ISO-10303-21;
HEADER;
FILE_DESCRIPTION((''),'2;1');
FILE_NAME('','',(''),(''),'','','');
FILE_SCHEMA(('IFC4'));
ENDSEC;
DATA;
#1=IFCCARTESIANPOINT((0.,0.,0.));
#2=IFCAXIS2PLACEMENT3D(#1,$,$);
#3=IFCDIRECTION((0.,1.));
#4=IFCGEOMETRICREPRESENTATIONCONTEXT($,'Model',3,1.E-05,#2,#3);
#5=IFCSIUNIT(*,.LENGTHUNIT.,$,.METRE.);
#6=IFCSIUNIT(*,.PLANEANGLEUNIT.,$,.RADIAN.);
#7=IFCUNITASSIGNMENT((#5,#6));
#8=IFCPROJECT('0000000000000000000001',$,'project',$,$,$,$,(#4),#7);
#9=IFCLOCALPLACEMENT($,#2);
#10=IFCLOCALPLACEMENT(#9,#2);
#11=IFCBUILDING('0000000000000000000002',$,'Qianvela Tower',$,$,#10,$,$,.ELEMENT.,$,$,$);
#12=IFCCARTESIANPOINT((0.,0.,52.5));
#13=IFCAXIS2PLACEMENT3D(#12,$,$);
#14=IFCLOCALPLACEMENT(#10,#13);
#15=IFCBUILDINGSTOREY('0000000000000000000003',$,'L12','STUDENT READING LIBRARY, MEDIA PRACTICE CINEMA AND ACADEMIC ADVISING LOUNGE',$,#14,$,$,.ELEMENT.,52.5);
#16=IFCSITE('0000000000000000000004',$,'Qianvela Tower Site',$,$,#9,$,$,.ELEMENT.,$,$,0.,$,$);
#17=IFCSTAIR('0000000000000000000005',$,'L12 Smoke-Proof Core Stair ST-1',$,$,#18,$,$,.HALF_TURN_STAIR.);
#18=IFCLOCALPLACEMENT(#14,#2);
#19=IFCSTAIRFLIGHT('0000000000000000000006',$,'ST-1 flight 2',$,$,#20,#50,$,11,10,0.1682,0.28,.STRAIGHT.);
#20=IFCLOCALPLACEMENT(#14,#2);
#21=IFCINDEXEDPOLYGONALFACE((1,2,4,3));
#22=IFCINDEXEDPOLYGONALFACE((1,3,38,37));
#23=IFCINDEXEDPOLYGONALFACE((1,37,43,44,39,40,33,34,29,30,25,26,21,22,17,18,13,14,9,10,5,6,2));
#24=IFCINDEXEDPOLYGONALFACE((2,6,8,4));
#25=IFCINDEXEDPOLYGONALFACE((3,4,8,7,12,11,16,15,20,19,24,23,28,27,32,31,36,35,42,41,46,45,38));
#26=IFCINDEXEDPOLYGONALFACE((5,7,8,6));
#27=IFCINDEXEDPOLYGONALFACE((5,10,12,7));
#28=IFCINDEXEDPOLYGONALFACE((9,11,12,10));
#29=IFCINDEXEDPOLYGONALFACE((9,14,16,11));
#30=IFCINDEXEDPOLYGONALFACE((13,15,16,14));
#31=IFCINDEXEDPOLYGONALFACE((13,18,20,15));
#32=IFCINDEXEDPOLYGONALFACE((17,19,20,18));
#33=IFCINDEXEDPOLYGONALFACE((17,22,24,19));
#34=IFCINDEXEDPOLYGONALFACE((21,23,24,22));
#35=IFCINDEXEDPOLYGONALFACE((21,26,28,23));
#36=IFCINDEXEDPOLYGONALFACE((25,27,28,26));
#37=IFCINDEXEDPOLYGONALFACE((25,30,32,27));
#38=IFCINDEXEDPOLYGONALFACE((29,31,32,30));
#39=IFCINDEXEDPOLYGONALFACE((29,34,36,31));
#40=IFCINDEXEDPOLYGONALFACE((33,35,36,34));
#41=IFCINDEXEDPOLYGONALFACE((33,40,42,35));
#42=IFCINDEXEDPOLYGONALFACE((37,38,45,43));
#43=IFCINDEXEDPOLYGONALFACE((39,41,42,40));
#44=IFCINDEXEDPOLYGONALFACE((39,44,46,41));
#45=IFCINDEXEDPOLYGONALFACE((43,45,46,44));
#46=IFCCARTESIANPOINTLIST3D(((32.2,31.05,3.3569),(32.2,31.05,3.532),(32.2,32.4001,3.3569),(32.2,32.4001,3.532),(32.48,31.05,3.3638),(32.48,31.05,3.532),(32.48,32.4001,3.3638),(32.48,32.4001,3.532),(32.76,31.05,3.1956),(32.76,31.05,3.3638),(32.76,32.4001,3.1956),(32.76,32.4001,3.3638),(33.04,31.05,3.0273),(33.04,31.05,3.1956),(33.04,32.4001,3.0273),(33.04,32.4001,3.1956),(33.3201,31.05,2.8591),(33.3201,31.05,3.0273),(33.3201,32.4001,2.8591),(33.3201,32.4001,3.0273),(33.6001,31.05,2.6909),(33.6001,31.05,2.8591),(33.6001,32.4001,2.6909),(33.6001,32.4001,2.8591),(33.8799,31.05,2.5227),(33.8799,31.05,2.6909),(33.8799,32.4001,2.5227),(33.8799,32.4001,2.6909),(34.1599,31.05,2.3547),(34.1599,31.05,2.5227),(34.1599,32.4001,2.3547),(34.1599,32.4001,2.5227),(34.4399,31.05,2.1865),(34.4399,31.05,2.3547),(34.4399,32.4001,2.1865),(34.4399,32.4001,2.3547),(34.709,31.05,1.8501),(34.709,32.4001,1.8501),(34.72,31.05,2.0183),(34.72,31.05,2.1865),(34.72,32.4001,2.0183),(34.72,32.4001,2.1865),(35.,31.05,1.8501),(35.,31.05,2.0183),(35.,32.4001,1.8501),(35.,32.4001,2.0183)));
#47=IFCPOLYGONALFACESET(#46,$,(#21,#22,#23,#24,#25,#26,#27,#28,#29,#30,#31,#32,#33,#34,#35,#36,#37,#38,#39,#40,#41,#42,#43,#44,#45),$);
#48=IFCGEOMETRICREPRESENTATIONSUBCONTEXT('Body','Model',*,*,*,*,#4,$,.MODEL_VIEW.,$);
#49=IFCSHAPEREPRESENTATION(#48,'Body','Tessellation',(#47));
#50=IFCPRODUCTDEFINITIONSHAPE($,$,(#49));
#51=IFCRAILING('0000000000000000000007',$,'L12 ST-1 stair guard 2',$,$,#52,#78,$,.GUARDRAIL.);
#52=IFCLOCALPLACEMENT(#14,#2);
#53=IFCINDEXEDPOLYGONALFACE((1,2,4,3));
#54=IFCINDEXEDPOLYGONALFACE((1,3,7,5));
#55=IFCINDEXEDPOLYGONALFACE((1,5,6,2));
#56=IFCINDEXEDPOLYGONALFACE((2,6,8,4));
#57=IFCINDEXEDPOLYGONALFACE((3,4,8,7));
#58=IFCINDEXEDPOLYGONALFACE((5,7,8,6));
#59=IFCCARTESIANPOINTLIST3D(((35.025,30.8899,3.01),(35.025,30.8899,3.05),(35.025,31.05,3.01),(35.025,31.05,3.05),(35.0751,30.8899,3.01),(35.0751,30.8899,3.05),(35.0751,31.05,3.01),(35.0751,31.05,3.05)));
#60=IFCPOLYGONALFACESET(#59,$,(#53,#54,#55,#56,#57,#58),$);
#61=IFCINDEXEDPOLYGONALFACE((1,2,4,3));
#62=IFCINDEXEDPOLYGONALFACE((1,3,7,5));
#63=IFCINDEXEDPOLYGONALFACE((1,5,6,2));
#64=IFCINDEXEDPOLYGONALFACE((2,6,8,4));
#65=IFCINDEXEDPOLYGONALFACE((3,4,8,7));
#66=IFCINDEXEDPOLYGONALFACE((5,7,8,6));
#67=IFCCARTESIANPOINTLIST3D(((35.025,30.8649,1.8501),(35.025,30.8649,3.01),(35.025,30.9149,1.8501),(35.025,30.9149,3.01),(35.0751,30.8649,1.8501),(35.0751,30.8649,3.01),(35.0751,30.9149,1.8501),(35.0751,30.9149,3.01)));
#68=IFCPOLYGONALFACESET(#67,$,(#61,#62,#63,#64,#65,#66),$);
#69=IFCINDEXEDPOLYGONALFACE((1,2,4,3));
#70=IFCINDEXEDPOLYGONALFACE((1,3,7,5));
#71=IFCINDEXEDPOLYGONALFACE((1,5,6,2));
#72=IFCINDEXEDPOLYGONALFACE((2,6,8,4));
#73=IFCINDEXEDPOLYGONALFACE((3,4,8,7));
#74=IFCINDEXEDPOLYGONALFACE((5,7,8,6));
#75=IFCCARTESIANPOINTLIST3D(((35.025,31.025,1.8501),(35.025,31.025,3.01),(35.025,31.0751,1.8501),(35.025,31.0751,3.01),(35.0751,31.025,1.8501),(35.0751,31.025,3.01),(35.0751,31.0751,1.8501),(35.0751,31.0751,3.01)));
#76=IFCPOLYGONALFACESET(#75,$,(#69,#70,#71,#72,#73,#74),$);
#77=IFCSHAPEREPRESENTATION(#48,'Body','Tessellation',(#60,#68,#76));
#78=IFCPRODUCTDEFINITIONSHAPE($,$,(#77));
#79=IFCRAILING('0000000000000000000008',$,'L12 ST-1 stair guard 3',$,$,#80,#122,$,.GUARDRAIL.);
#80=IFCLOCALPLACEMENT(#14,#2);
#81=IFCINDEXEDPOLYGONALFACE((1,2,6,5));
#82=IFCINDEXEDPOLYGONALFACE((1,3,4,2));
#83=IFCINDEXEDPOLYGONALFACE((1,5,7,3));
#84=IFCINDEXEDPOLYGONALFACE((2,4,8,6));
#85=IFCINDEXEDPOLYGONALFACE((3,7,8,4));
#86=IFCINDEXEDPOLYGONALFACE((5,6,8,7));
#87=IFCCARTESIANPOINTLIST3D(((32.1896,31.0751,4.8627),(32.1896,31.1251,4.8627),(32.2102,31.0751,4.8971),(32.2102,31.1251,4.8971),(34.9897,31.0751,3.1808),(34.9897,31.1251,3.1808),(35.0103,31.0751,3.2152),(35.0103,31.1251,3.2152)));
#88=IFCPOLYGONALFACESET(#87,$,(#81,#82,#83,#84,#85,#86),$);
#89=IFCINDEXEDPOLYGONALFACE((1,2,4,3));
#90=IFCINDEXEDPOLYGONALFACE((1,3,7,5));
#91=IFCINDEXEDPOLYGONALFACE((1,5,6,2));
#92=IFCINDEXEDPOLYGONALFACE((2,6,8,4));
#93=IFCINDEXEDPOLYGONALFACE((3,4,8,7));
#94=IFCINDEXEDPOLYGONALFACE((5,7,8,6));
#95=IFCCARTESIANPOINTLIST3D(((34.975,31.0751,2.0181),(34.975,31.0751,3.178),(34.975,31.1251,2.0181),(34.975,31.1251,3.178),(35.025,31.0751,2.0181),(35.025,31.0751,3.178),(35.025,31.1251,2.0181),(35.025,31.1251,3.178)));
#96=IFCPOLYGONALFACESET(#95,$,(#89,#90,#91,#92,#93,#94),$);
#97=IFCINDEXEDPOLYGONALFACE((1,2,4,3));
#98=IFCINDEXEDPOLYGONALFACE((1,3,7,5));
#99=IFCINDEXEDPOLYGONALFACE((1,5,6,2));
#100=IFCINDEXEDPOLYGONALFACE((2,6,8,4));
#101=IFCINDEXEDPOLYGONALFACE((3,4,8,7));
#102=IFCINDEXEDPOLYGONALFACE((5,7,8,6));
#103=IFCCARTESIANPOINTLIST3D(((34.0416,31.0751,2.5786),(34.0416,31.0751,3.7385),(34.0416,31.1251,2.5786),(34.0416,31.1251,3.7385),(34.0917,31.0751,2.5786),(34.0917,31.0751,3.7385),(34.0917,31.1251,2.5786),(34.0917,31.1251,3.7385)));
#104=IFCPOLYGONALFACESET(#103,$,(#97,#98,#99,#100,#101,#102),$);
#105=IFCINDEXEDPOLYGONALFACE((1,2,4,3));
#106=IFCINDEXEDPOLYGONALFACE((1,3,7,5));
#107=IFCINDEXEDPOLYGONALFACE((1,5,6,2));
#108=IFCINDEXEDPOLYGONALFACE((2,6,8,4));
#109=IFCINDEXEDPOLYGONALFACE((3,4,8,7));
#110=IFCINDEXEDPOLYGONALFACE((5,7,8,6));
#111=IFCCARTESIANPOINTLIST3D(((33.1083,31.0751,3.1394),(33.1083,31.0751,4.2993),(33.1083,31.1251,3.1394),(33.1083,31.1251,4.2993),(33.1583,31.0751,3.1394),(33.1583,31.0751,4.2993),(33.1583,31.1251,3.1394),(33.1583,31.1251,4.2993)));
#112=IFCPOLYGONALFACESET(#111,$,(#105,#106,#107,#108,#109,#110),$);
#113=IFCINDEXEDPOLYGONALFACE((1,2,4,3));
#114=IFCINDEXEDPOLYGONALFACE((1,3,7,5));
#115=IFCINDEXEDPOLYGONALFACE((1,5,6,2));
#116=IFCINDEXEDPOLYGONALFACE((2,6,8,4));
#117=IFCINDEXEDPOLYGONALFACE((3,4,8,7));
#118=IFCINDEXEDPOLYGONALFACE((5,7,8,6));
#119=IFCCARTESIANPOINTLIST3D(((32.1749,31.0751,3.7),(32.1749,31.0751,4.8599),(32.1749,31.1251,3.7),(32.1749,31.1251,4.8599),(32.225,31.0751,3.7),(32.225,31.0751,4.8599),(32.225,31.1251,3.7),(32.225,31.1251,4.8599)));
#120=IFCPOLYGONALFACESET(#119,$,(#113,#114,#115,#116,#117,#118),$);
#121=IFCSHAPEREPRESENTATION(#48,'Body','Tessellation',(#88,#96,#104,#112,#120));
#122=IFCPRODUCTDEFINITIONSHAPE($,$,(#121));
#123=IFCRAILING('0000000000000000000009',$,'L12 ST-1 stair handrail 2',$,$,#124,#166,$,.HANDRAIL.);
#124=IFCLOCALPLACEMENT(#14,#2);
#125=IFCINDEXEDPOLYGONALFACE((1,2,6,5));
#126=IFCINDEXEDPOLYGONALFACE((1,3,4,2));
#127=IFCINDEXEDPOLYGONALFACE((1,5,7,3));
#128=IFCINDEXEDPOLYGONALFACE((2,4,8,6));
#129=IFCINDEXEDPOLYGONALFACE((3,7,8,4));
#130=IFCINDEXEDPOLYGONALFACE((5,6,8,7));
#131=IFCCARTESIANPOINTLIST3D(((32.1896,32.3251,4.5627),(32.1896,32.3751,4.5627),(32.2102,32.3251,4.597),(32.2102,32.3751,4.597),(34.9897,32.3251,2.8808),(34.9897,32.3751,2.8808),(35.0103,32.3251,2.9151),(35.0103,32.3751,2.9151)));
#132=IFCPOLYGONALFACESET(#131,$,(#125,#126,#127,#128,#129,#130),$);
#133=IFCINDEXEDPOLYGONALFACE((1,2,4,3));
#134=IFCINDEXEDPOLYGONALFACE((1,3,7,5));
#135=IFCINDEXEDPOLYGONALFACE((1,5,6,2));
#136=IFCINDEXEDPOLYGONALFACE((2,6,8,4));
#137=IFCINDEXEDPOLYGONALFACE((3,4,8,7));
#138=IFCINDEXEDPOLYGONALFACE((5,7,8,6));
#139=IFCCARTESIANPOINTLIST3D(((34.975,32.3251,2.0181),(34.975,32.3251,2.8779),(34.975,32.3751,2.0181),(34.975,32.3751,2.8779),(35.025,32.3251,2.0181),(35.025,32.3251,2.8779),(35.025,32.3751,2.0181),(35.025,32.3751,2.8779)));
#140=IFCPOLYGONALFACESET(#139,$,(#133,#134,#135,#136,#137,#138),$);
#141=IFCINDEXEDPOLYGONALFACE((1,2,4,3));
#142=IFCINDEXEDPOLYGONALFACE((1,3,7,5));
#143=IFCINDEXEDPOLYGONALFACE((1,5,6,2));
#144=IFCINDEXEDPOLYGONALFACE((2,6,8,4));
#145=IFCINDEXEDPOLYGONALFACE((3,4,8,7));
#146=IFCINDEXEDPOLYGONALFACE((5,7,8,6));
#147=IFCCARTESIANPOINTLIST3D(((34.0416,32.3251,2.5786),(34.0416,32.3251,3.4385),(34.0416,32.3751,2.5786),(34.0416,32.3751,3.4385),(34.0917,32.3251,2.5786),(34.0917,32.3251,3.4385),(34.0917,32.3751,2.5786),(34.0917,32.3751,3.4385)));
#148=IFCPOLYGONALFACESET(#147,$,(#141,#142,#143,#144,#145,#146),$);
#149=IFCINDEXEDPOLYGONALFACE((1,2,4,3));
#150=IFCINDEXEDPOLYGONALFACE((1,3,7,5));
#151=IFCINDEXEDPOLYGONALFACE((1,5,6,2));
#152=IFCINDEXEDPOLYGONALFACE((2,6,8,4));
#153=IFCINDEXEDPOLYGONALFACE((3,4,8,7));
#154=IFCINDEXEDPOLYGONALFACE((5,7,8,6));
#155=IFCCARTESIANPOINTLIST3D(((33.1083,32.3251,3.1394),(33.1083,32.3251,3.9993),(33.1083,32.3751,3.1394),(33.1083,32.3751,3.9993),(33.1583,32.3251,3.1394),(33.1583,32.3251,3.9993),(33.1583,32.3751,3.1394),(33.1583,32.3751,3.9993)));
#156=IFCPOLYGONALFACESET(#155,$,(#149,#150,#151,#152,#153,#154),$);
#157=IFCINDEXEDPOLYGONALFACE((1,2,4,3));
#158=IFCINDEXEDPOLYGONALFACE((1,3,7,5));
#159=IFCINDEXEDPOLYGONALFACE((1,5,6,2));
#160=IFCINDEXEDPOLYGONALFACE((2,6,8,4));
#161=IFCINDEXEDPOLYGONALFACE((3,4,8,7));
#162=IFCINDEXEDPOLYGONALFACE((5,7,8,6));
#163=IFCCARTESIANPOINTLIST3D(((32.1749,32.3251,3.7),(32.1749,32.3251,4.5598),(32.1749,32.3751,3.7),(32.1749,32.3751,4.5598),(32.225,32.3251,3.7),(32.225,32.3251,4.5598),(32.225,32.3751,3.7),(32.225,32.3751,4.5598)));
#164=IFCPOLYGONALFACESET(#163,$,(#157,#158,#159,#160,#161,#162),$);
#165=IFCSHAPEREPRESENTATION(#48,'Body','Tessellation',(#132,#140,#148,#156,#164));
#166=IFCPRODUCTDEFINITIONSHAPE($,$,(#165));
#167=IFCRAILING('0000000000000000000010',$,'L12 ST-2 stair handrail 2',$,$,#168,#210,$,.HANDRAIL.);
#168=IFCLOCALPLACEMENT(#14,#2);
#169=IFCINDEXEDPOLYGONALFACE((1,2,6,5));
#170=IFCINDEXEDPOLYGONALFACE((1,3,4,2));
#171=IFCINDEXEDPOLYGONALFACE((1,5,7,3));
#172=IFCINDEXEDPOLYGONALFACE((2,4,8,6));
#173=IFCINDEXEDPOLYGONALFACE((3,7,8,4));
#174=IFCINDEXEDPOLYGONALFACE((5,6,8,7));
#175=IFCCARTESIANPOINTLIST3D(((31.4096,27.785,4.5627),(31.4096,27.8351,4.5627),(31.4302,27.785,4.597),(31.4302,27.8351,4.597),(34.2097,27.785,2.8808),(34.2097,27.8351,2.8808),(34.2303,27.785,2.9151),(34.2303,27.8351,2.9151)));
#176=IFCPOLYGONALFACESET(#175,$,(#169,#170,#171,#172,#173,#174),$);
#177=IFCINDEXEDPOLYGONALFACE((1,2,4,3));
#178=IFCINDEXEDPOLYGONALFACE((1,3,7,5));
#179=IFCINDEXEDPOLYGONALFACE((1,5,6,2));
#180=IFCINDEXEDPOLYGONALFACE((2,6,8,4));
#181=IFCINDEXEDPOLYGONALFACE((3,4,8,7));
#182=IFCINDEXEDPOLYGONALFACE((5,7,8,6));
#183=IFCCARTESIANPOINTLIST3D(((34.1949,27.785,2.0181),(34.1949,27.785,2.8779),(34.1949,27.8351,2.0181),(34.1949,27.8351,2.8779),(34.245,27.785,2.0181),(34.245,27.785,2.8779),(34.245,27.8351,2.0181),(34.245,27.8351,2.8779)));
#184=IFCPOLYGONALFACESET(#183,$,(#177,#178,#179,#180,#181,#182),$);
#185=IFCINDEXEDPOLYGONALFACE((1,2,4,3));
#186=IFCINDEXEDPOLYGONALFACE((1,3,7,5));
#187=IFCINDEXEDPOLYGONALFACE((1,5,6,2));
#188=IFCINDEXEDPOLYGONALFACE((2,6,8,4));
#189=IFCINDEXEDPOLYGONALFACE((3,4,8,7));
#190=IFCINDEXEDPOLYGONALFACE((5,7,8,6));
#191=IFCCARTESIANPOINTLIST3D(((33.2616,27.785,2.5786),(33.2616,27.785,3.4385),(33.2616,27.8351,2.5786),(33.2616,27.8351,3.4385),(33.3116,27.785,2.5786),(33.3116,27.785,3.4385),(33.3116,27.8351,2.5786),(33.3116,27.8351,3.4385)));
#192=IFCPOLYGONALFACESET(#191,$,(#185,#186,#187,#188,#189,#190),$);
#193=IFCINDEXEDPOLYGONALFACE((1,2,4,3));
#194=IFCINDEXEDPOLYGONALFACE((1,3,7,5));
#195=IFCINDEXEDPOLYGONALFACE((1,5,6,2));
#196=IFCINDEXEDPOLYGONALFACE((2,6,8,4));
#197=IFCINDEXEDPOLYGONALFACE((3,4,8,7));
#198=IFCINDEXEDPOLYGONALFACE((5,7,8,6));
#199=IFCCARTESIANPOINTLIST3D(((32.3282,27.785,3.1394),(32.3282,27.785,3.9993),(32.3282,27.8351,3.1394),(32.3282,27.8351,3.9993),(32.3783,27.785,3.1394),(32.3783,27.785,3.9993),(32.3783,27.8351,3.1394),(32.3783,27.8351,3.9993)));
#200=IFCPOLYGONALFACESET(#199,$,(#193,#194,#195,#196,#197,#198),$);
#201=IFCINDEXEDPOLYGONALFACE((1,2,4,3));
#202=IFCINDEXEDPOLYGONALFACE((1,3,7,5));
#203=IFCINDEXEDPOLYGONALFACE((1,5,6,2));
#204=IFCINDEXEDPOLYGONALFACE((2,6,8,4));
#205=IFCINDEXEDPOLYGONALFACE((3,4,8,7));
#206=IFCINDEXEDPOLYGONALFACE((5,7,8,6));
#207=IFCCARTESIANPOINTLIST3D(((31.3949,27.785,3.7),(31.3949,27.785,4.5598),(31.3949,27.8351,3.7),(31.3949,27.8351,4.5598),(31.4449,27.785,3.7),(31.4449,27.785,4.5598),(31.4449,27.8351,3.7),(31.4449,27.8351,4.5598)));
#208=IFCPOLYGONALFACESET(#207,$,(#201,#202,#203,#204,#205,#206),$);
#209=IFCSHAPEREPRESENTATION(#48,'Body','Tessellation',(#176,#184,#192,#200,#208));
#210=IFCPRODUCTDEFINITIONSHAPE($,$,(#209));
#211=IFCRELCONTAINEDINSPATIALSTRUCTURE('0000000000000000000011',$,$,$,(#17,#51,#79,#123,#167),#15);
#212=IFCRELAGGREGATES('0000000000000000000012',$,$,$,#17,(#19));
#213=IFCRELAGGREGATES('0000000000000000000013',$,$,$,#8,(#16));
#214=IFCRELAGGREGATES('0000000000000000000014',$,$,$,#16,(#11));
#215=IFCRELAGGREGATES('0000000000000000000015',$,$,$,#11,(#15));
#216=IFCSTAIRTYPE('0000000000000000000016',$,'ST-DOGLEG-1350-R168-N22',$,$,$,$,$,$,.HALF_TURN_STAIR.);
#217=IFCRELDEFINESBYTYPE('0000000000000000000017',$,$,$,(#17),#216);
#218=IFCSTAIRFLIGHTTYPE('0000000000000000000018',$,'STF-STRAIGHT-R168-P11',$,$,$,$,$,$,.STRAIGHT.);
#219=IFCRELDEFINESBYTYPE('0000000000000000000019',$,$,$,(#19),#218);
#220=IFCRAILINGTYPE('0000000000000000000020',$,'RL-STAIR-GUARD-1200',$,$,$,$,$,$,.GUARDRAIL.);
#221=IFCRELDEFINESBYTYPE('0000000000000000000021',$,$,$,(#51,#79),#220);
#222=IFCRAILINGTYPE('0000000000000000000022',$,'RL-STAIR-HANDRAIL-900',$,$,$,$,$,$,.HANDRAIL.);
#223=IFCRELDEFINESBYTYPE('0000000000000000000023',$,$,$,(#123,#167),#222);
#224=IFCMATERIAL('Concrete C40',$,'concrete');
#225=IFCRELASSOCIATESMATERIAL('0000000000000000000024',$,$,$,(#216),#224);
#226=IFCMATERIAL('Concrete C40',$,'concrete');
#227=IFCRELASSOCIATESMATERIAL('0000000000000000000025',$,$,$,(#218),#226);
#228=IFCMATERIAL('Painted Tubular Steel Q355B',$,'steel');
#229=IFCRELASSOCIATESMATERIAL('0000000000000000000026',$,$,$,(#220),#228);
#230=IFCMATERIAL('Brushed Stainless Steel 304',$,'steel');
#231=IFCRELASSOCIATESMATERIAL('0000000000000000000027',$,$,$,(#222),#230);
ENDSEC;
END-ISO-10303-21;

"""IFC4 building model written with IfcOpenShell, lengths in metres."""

from ifc_helpers import new_model, si_unit, direction, frame, origin, origin_2d, place, context, subcontext, project, spatial, polyline, rectangle, outline, extrude, material, type_object, element, aggregate, save


model = new_model("IFC4")

# Units and contexts
model_context = context("Model", 3, precision=1e-05, world=origin(), true_north=direction((0.0, 1.0)))
body_context = subcontext(model_context, "Body", "Model", "MODEL_VIEW")
ifc_project = project(units=[si_unit("LENGTHUNIT", "METRE"), si_unit("PLANEANGLEUNIT", "RADIAN")], contexts=[model_context])

# Site, building, storey
site_placement = place(None, origin())
site = spatial("IfcSite", under=ifc_project, at=site_placement, Name="Qianvela Tower Site", CompositionType="ELEMENT", RefElevation=0.0)
building_placement = place(site_placement, origin())
building = spatial("IfcBuilding", under=site, at=building_placement, Name="Qianvela Tower", CompositionType="ELEMENT")
storey_placement = place(building_placement, frame((0.0, 0.0, 52.5)))
storey = spatial("IfcBuildingStorey", under=building, at=storey_placement, Name="L12", Description="STUDENT READING LIBRARY, MEDIA PRACTICE CINEMA AND ACADEMIC ADVISING LOUNGE", CompositionType="ELEMENT", Elevation=52.5)

# Stair, stair flight
ifc_material_1 = material(Name="Concrete C40", Category="concrete")
stair_type = type_object("IfcStairType", Name="ST-DOGLEG-1350-R168-N22", PredefinedType="HALF_TURN_STAIR", material=ifc_material_1)
stair_placement = place(storey_placement, origin())
stair = element("IfcStair", 1, at=stair_placement, inside=storey, type_object=stair_type, Name="L12 Smoke-Proof Core Stair ST-1", PredefinedType="HALF_TURN_STAIR")
ifc_material_2 = material(Name="Concrete C40", Category="concrete")
stair_flight_type = type_object("IfcStairFlightType", Name="STF-STRAIGHT-R168-P11", PredefinedType="STRAIGHT", material=ifc_material_2)
stair_flight_placement = place(storey_placement, frame((35.0, 31.7251, 1.8501), z_axis=(0.0, 0.0, 1.0), x_axis=(-1.0, 0.0, 0.0)))
stair_flight = element("IfcStairFlight", 2, at=stair_flight_placement, type_object=stair_flight_type, Name="ST-1 flight 2", NumberOfRisers=11, NumberOfTreads=10, PredefinedType="STRAIGHT", RiserHeight=0.1682, TreadLength=0.28, context=body_context, shape_type="SweptSolid", body=[
    extrude(outline(polyline([(0.0, 0.0), (0.0, 0.1682), (0.28, 0.1682), (0.28, 0.3364), (0.5601, 0.3364), (0.5601, 0.5046), (0.8401, 0.5046), (0.8401, 0.6726), (1.1201, 0.6726), (1.1201, 0.8408), (1.3999, 0.8408), (1.3999, 1.009), (1.6799, 1.009), (1.6799, 1.1772), (1.96, 1.1772), (1.96, 1.3455), (2.24, 1.3455), (2.24, 1.5137), (2.52, 1.5137), (2.52, 1.6819), (2.8, 1.6819), (2.8, 1.8501), (2.8, 1.5068), (0.291, 0.0), (0.0, 0.0)])), frame((0.0, 0.675, 0.0), z_axis=(0.0, -1.0, 0.0), x_axis=(1.0, 0.0, 0.0)), (0.0, 0.0, 1.0), 1.3501),
])
aggregate(stair, [stair_flight])

# Railings
ifc_material_3 = material(Name="Painted Tubular Steel Q355B", Category="steel")
railing_type_1 = type_object("IfcRailingType", Name="RL-STAIR-GUARD-1200", PredefinedType="GUARDRAIL", material=ifc_material_3)
railing_1_placement = place(storey_placement, frame((35.05, 30.8899, 1.8501)))
element("IfcRailing", 3, at=railing_1_placement, inside=storey, type_object=railing_type_1, Name="L12 ST-1 stair guard 2", PredefinedType="GUARDRAIL", context=body_context, shape_type="SweptSolid", body=[
    extrude(rectangle(XDim=0.05, YDim=0.04, at=origin_2d()), frame((0.0, 0.0, 1.1799), z_axis=(0.0, 1.0, 0.0), x_axis=(-1.0, 0.0, 0.0)), (0.0, 0.0, 1.0), 0.1602),
    extrude(rectangle(XDim=0.05, YDim=0.05, at=origin_2d()), origin(), (0.0, 0.0, 1.0), 1.1599),
    extrude(rectangle(XDim=0.05, YDim=0.05, at=origin_2d()), frame((0.0, 0.1602, 0.0)), (0.0, 0.0, 1.0), 1.1599),
])
railing_2_placement = place(storey_placement, frame((35.0, 31.1001, 2.0181)))
element("IfcRailing", 4, at=railing_2_placement, inside=storey, type_object=railing_type_1, Name="L12 ST-1 stair guard 3", PredefinedType="GUARDRAIL", context=body_context, shape_type="SweptSolid", body=[
    extrude(rectangle(XDim=0.05, YDim=0.04, at=origin_2d()), frame((0.0, 0.0, 1.1799), z_axis=(-0.857242, 0.0, 0.514913), x_axis=(0.0, -1.0, 0.0)), (0.0, 0.0, 1.0), 3.2664),
    extrude(rectangle(XDim=0.05, YDim=0.05, at=origin_2d()), origin(), (0.0, 0.0, 1.0), 1.1599),
    extrude(rectangle(XDim=0.05, YDim=0.05, at=origin_2d()), frame((-0.9333, 0.0, 0.5605)), (0.0, 0.0, 1.0), 1.1599),
    extrude(rectangle(XDim=0.05, YDim=0.05, at=origin_2d()), frame((-1.8667, 0.0, 1.1213)), (0.0, 0.0, 1.0), 1.1599),
    extrude(rectangle(XDim=0.05, YDim=0.05, at=origin_2d()), frame((-2.8, 0.0, 1.6819)), (0.0, 0.0, 1.0), 1.1599),
])
ifc_material_4 = material(Name="Brushed Stainless Steel 304", Category="steel")
railing_type_2 = type_object("IfcRailingType", Name="RL-STAIR-HANDRAIL-900", PredefinedType="HANDRAIL", material=ifc_material_4)
for number, where, name in (
    (5, (35.0, 32.3501, 2.0181), "L12 ST-1 stair handrail 2"),
    (6, (34.22, 27.8101, 2.0181), "L12 ST-2 stair handrail 2"),
):
    element("IfcRailing", number, at=place(storey_placement, frame(where)), inside=storey, type_object=railing_type_2, Name=name, PredefinedType="HANDRAIL", context=body_context, shape_type="SweptSolid", body=[
        extrude(rectangle(XDim=0.05, YDim=0.04, at=origin_2d()), frame((0.0, 0.0, 0.8799), z_axis=(-0.857242, 0.0, 0.514913), x_axis=(0.0, -1.0, 0.0)), (0.0, 0.0, 1.0), 3.2664),
        extrude(rectangle(XDim=0.05, YDim=0.05, at=origin_2d()), origin(), (0.0, 0.0, 1.0), 0.8599),
        extrude(rectangle(XDim=0.05, YDim=0.05, at=origin_2d()), frame((-0.9333, 0.0, 0.5605)), (0.0, 0.0, 1.0), 0.8599),
        extrude(rectangle(XDim=0.05, YDim=0.05, at=origin_2d()), frame((-1.8667, 0.0, 1.1213)), (0.0, 0.0, 1.0), 0.8599),
        extrude(rectangle(XDim=0.05, YDim=0.05, at=origin_2d()), frame((-2.8, 0.0, 1.6819)), (0.0, 0.0, 1.0), 0.8599),
    ])

save(model, "model.ifc")
